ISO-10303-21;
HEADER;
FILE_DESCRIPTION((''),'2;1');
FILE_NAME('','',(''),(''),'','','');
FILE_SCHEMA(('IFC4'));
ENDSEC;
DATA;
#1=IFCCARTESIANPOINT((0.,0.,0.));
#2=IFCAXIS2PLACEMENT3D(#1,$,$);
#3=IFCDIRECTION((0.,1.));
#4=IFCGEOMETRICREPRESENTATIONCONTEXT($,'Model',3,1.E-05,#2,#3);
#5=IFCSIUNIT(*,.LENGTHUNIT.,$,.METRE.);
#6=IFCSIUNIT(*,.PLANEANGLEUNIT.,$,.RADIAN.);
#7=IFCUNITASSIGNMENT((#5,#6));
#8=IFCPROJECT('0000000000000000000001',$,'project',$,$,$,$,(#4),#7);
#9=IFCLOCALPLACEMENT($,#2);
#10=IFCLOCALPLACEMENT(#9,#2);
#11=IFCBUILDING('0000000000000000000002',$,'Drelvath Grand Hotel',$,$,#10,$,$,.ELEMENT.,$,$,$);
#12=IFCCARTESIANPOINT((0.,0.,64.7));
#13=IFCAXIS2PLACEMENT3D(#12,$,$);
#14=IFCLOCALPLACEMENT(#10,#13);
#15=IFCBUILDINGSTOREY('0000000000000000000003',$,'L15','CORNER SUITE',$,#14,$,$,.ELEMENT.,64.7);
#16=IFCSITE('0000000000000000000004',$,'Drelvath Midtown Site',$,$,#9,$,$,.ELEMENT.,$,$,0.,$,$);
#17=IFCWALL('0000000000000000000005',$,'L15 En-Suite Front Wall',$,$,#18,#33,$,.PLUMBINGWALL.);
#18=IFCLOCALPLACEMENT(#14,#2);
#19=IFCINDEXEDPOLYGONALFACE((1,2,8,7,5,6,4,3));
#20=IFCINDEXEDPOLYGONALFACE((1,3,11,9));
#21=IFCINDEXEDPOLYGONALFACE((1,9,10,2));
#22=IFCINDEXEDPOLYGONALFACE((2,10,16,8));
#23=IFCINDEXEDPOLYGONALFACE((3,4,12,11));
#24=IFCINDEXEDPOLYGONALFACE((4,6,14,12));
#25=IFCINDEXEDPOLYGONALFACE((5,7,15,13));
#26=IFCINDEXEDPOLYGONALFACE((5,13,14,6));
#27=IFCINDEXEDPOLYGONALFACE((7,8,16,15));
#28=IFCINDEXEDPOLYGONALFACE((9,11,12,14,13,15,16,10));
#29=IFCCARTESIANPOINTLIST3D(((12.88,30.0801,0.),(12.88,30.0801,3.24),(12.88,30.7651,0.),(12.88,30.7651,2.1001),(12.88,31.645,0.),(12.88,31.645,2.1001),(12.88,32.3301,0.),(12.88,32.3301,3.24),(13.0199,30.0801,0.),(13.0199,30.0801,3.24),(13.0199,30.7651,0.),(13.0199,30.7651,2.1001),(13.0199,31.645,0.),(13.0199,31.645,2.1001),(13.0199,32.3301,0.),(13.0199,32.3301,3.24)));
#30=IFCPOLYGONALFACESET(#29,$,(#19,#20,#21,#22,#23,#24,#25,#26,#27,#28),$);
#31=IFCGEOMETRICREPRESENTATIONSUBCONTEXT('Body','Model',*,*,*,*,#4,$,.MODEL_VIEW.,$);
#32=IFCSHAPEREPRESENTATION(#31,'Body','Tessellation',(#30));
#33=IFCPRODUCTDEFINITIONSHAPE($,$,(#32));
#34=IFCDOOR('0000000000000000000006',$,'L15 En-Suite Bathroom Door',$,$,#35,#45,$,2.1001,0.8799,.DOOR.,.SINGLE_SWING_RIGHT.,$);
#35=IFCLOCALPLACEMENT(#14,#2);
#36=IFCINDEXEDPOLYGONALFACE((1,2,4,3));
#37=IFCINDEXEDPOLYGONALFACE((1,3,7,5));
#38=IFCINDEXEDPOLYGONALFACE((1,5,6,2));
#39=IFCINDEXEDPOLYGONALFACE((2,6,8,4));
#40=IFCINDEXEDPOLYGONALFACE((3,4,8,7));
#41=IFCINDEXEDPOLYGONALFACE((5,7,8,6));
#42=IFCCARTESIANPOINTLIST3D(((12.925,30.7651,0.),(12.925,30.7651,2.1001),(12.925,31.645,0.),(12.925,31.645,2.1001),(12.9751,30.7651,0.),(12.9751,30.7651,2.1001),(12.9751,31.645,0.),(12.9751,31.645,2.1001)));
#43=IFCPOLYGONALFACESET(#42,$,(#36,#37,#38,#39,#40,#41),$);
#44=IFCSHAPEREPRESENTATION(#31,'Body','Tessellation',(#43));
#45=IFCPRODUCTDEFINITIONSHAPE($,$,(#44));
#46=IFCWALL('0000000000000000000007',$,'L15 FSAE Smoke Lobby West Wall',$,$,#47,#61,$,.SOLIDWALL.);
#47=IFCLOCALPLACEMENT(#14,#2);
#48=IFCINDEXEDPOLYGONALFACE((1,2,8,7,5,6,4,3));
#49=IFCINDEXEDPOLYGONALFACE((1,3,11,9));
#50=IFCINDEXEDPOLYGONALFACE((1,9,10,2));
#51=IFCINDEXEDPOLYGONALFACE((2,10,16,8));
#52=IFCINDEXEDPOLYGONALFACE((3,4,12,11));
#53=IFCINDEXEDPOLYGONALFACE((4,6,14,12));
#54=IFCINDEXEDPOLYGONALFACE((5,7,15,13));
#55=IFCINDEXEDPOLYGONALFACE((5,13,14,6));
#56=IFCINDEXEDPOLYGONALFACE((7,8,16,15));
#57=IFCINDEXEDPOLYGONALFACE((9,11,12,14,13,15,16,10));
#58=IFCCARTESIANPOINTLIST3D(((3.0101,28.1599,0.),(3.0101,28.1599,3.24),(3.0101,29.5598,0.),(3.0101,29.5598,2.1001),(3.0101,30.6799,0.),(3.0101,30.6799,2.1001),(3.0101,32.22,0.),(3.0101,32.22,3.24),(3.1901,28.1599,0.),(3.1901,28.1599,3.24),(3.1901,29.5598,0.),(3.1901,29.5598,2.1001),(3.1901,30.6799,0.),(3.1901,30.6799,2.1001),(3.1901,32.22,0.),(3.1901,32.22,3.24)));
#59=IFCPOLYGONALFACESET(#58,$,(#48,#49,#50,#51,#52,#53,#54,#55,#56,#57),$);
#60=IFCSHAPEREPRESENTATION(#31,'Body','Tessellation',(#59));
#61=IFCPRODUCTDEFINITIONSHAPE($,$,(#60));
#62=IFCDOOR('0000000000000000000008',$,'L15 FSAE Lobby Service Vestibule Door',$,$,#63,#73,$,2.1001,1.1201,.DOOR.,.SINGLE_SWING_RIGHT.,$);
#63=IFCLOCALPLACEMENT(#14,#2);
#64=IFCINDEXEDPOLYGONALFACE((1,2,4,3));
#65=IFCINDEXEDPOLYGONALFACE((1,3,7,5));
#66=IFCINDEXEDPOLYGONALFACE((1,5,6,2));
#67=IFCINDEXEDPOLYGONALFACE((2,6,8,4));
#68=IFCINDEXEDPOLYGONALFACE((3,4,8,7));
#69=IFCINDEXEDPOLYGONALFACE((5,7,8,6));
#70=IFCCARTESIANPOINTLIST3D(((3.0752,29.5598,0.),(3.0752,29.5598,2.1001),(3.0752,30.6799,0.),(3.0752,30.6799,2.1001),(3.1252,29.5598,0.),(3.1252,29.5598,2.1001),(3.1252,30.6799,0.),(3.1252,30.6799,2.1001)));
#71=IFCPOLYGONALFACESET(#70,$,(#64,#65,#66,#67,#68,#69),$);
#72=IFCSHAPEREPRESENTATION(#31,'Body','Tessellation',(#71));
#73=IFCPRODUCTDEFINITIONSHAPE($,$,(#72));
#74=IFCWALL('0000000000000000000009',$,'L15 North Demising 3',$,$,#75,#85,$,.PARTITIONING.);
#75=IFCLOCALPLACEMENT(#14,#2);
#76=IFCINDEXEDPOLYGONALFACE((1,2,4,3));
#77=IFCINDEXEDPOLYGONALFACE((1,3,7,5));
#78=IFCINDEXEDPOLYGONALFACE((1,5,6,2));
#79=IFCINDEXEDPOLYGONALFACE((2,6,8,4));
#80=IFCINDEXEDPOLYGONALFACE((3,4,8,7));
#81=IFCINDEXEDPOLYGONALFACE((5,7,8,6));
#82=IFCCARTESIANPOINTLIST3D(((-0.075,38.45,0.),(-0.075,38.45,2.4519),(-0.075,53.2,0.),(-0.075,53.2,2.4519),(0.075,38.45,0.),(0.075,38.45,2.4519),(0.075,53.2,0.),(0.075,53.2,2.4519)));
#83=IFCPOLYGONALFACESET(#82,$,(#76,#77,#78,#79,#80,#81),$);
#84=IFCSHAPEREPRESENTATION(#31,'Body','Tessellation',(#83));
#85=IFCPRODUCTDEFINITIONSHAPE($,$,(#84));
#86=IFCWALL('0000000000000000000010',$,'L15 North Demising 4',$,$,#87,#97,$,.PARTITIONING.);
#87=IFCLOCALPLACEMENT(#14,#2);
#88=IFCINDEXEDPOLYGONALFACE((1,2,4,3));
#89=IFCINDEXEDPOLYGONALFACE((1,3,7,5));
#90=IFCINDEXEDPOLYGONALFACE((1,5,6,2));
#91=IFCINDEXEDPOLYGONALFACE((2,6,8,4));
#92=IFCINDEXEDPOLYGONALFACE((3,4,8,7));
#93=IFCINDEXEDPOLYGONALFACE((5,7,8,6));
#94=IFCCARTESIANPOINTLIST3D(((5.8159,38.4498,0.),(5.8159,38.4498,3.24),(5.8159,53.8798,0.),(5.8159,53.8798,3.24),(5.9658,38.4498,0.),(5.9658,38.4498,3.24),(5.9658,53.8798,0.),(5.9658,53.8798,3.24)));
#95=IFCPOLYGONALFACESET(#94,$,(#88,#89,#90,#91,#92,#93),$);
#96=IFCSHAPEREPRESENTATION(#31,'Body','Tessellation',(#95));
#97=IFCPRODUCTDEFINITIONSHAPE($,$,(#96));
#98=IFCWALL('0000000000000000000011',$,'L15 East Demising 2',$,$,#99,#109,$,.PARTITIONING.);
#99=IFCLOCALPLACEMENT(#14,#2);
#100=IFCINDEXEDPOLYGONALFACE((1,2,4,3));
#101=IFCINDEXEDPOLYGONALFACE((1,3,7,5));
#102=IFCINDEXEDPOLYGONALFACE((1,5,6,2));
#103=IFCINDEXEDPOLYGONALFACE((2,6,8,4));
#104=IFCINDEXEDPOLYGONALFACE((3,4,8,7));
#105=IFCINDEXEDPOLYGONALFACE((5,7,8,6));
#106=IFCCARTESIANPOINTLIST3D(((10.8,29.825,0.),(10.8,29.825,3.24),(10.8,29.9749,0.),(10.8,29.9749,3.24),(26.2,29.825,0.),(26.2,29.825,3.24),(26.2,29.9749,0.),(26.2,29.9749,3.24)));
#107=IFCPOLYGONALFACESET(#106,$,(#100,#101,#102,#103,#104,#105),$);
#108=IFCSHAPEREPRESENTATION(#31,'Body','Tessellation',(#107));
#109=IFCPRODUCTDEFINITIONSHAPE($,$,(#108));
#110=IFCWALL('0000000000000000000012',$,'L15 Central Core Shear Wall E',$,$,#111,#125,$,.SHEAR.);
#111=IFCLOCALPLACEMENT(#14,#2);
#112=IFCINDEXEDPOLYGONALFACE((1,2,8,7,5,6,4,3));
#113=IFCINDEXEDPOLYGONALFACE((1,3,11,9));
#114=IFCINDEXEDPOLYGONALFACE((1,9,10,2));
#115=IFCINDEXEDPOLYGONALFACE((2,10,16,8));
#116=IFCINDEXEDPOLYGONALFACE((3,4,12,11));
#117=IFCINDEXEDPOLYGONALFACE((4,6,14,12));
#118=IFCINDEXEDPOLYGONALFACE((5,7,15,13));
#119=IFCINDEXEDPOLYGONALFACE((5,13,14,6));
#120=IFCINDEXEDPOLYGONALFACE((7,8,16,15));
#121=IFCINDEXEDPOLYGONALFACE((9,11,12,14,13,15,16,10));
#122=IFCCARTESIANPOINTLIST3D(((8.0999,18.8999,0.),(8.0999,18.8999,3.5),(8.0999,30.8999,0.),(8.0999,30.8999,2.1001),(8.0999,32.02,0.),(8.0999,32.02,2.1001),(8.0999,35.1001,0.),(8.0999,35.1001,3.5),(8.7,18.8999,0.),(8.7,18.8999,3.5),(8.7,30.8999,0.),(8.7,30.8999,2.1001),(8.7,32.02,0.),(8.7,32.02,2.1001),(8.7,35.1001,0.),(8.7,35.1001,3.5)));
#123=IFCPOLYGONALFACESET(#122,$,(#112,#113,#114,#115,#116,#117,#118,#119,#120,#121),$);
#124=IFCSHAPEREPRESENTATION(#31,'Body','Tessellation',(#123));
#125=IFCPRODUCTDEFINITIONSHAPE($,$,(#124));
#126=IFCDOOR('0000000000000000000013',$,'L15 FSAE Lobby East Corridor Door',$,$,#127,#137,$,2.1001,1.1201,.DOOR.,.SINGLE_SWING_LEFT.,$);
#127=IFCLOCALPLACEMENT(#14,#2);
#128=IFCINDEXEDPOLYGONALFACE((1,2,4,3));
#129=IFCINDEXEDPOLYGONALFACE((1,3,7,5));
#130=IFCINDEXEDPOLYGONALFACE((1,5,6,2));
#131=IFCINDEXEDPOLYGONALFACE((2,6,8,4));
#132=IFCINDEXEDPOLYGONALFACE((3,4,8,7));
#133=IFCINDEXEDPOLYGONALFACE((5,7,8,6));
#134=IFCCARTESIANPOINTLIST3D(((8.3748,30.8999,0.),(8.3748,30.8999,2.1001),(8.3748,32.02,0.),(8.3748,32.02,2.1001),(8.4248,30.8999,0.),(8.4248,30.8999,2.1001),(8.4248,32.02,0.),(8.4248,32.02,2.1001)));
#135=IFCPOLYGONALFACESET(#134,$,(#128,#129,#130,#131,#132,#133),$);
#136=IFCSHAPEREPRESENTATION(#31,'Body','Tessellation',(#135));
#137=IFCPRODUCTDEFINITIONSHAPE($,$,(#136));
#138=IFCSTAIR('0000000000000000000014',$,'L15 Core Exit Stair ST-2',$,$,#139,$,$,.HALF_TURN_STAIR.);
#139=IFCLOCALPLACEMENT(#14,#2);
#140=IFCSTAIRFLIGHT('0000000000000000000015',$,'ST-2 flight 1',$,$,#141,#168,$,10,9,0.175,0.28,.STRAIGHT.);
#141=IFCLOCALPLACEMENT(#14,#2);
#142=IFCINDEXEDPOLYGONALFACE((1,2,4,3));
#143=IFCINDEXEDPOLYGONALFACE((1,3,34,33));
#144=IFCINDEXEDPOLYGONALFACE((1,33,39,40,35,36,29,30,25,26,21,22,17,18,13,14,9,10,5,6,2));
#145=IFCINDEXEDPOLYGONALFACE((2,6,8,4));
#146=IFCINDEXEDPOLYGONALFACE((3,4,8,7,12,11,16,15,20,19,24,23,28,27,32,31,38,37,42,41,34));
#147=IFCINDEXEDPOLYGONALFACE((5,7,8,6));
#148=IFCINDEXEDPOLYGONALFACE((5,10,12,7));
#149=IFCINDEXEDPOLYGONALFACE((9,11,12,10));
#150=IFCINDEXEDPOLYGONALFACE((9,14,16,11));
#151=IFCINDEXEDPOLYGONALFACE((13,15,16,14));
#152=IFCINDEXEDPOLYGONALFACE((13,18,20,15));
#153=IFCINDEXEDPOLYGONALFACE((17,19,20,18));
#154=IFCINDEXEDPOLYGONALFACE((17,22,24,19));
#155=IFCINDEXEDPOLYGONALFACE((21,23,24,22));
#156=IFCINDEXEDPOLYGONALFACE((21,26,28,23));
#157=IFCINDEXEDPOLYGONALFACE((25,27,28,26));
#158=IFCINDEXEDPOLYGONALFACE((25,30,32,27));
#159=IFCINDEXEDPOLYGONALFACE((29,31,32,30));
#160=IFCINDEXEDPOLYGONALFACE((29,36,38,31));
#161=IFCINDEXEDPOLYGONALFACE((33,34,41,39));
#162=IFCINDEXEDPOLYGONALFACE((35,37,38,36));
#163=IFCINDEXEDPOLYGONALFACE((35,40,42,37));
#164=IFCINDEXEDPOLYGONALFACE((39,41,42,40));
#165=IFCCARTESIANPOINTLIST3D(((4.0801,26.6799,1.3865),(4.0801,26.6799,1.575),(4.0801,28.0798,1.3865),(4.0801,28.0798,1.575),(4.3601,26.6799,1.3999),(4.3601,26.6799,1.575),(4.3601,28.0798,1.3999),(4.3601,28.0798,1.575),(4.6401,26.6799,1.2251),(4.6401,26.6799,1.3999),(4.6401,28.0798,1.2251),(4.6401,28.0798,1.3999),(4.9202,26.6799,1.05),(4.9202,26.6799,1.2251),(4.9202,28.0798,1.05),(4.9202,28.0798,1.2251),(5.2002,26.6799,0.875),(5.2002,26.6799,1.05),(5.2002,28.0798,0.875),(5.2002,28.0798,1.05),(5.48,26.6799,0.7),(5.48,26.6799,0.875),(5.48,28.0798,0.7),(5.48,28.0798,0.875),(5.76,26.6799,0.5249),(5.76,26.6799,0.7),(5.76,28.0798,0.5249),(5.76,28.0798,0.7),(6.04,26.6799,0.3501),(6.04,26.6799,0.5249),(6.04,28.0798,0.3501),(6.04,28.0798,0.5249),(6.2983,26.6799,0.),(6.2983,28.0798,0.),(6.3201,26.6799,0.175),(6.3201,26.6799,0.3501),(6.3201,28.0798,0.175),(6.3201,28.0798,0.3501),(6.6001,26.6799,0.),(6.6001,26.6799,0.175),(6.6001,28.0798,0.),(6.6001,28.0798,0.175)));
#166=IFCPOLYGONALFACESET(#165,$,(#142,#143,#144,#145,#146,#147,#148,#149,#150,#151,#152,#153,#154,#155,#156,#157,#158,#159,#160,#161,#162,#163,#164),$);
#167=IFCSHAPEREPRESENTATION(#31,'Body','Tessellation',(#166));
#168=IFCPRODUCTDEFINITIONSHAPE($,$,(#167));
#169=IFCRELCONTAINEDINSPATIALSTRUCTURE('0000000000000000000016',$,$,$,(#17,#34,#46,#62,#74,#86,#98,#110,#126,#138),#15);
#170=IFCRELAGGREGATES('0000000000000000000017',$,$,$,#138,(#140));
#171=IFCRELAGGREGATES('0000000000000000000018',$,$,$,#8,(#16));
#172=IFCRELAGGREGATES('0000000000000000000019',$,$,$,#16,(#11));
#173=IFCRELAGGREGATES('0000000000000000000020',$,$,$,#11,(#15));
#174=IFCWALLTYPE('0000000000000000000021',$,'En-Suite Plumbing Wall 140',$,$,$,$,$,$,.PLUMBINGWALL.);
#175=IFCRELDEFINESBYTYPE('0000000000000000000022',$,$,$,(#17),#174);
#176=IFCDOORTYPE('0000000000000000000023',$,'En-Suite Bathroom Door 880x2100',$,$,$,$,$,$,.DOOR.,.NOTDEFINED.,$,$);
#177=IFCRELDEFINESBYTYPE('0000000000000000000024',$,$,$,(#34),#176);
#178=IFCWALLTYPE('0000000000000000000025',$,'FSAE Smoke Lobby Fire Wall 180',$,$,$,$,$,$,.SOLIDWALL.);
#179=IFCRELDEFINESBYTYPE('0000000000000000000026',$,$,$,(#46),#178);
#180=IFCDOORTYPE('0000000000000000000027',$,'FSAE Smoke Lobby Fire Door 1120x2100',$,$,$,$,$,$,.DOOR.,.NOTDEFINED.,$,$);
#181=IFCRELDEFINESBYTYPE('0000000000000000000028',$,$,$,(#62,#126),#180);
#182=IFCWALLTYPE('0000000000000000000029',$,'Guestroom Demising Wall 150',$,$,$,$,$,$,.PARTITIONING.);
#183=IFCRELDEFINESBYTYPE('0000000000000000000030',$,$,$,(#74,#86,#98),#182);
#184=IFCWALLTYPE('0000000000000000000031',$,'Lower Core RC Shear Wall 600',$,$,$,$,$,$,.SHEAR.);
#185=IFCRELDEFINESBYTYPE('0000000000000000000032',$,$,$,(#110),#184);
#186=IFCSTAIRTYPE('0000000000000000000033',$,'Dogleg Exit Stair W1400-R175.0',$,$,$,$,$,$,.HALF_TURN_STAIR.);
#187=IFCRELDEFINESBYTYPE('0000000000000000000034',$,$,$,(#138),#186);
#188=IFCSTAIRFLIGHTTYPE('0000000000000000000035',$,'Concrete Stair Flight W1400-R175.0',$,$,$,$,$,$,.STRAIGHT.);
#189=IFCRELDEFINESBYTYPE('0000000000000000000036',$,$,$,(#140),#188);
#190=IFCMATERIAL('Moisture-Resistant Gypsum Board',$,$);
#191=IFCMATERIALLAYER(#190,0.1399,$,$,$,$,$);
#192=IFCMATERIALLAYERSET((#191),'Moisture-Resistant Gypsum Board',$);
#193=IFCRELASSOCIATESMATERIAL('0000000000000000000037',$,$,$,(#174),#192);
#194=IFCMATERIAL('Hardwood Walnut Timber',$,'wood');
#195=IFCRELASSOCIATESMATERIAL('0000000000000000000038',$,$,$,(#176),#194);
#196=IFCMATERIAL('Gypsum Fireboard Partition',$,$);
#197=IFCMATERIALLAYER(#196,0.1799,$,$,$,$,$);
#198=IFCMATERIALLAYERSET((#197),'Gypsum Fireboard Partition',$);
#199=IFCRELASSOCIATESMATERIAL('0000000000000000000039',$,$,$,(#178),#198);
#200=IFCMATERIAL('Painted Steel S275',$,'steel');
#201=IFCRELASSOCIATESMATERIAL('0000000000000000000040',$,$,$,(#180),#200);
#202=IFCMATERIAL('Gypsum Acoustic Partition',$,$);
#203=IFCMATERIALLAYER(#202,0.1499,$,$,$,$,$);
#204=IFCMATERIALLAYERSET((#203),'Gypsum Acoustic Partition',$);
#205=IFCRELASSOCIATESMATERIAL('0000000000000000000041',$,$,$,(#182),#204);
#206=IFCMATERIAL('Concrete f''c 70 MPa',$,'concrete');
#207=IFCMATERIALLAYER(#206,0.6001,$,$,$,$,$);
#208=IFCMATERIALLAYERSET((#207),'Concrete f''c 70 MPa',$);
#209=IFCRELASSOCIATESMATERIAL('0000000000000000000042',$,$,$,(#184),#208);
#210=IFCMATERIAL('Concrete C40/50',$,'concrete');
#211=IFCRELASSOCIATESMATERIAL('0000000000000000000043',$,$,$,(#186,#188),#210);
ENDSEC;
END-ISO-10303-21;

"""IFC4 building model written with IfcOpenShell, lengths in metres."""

from ifc_helpers import new_model, si_unit, direction, frame, frame_2d, origin, place, context, subcontext, project, spatial, polyline, rectangle, outline, extrude, material, layer, layer_set, type_object, element, fill, aggregate, save


model = new_model("IFC4")

# Units and contexts
model_context = context("Model", 3, precision=1e-05, world=origin(), true_north=direction((0.0, 1.0)))
body_context = subcontext(model_context, "Body", "Model", "MODEL_VIEW")
ifc_project = project(units=[si_unit("LENGTHUNIT", "METRE"), si_unit("PLANEANGLEUNIT", "RADIAN")], contexts=[model_context])

# Site, building, storey
site_placement = place(None, origin())
site = spatial("IfcSite", under=ifc_project, at=site_placement, Name="Drelvath Midtown Site", CompositionType="ELEMENT", RefElevation=0.0)
building_placement = place(site_placement, origin())
building = spatial("IfcBuilding", under=site, at=building_placement, Name="Drelvath Grand Hotel", CompositionType="ELEMENT")
storey_placement = place(building_placement, frame((0.0, 0.0, 64.7)))
storey = spatial("IfcBuildingStorey", under=building, at=storey_placement, Name="L15", Description="CORNER SUITE", CompositionType="ELEMENT", Elevation=64.7)

# Shared definitions
ifc_material_1 = material(Name="Concrete f'c 70 MPa", Category="concrete")

# Shared definitions
ifc_material_2 = material(Name="Concrete C40/50", Category="concrete")

# Shared definitions
ifc_material_3 = material(Name="Painted Steel S275", Category="steel")

# Shared definitions
ifc_material_4 = material(Name="Gypsum Fireboard Partition")
ifc_material_5 = material(Name="Moisture-Resistant Gypsum Board")
ifc_layer_1 = layer(ifc_material_5, 0.1399)
ifc_layer_set_1 = layer_set([ifc_layer_1], Name="Moisture-Resistant Gypsum Board")
wall_type_1 = type_object("IfcWallType", Name="En-Suite Plumbing Wall 140", PredefinedType="PLUMBINGWALL", material=ifc_layer_set_1)

# Walls, openings, doors
wall_1_placement = place(storey_placement, frame((12.95, 30.0801, 0.0), z_axis=(0.0, 0.0, 1.0), x_axis=(0.0, 1.0, 0.0)))
wall_1 = element("IfcWall", 1, at=wall_1_placement, inside=storey, type_object=wall_type_1, Name="L15 En-Suite Front Wall", PredefinedType="PLUMBINGWALL", context=body_context, shape_type="SweptSolid", body=[
    extrude(rectangle(XDim=2.25, YDim=0.1399, at=frame_2d((1.125, 0.0))), origin(), (0.0, 0.0, 1.0), 3.24),
])
opening_1_placement = place(wall_1_placement, frame((0.6851, 0.0, 0.0)))
opening_1 = element("IfcOpeningElement", 2, at=opening_1_placement, cuts=wall_1, PredefinedType="OPENING", context=body_context, shape_type="SweptSolid", body=[
    extrude(rectangle(XDim=0.8799, YDim=2.1001, at=frame_2d((0.4399, 1.05))), frame((0.0, 0.0798, 0.0), z_axis=(0.0, -1.0, 0.0), x_axis=(1.0, 0.0, 0.0)), (0.0, 0.0, 1.0), 0.1599),
])
ifc_material_6 = material(Name="Hardwood Walnut Timber", Category="wood")
door_type_1 = type_object("IfcDoorType", Name="En-Suite Bathroom Door 880x2100", OperationType="NOTDEFINED", PredefinedType="DOOR", material=ifc_material_6)
door_1_placement = place(opening_1_placement, origin())
door_1 = element("IfcDoor", 3, at=door_1_placement, inside=storey, type_object=door_type_1, Name="L15 En-Suite Bathroom Door", OperationType="SINGLE_SWING_RIGHT", OverallHeight=2.1001, OverallWidth=0.8799, PredefinedType="DOOR", context=body_context, shape_type="SweptSolid", body=[
    extrude(rectangle(XDim=0.8799, YDim=2.1001, at=frame_2d((0.4399, 1.05))), frame((0.0, 0.0249, 0.0), z_axis=(0.0, -1.0, 0.0), x_axis=(1.0, 0.0, 0.0)), (0.0, 0.0, 1.0), 0.05),
])
fill(opening_1, door_1)
ifc_layer_2 = layer(ifc_material_4, 0.1799)
ifc_layer_set_2 = layer_set([ifc_layer_2], Name="Gypsum Fireboard Partition")
wall_type_2 = type_object("IfcWallType", Name="FSAE Smoke Lobby Fire Wall 180", PredefinedType="SOLIDWALL", material=ifc_layer_set_2)
wall_2_placement = place(storey_placement, frame((3.1001, 28.1599, 0.0), z_axis=(0.0, 0.0, 1.0), x_axis=(0.0, 1.0, 0.0)))
wall_2 = element("IfcWall", 4, at=wall_2_placement, inside=storey, type_object=wall_type_2, Name="L15 FSAE Smoke Lobby West Wall", PredefinedType="SOLIDWALL", context=body_context, shape_type="SweptSolid", body=[
    extrude(rectangle(XDim=4.0601, YDim=0.1799, at=frame_2d((2.03, 0.0))), origin(), (0.0, 0.0, 1.0), 3.24),
])
opening_2_placement = place(wall_2_placement, frame((1.3999, 0.0, 0.0)))
opening_2 = element("IfcOpeningElement", 5, at=opening_2_placement, cuts=wall_2, PredefinedType="OPENING", context=body_context, shape_type="SweptSolid", body=[
    extrude(rectangle(XDim=1.1201, YDim=2.1001, at=frame_2d((0.5601, 1.05))), frame((0.0, 0.0999, 0.0), z_axis=(0.0, -1.0, 0.0), x_axis=(1.0, 0.0, 0.0)), (0.0, 0.0, 1.0), 0.2),
])
door_type_2 = type_object("IfcDoorType", Name="FSAE Smoke Lobby Fire Door 1120x2100", OperationType="NOTDEFINED", PredefinedType="DOOR", material=ifc_material_3)
door_2_placement = place(opening_2_placement, origin())
door_2 = element("IfcDoor", 6, at=door_2_placement, inside=storey, type_object=door_type_2, Name="L15 FSAE Lobby Service Vestibule Door", OperationType="SINGLE_SWING_RIGHT", OverallHeight=2.1001, OverallWidth=1.1201, PredefinedType="DOOR", context=body_context, shape_type="SweptSolid", body=[
    extrude(rectangle(XDim=1.1201, YDim=2.1001, at=frame_2d((0.5601, 1.05))), frame((0.0, 0.0249, 0.0), z_axis=(0.0, -1.0, 0.0), x_axis=(1.0, 0.0, 0.0)), (0.0, 0.0, 1.0), 0.05),
])
fill(opening_2, door_2)

# Walls
ifc_material_7 = material(Name="Gypsum Acoustic Partition")
ifc_layer_3 = layer(ifc_material_7, 0.1499)
ifc_layer_set_3 = layer_set([ifc_layer_3], Name="Gypsum Acoustic Partition")
wall_type_3 = type_object("IfcWallType", Name="Guestroom Demising Wall 150", PredefinedType="PARTITIONING", material=ifc_layer_set_3)
wall_3_placement = place(storey_placement, frame((0.0, 38.45, 0.0), z_axis=(0.0, 0.0, 1.0), x_axis=(0.0, 1.0, 0.0)))
element("IfcWall", 7, at=wall_3_placement, inside=storey, type_object=wall_type_3, Name="L15 North Demising 3", PredefinedType="PARTITIONING", context=body_context, shape_type="SweptSolid", body=[
    extrude(rectangle(XDim=14.75, YDim=0.1499, at=frame_2d((7.375, 0.0))), origin(), (0.0, 0.0, 1.0), 2.4519),
])
wall_4_placement = place(storey_placement, frame((5.8909, 38.45, 0.0), z_axis=(0.0, 0.0, 1.0), x_axis=(0.0, 1.0, 0.0)))
element("IfcWall", 8, at=wall_4_placement, inside=storey, type_object=wall_type_3, Name="L15 North Demising 4", PredefinedType="PARTITIONING", context=body_context, shape_type="SweptSolid", body=[
    extrude(rectangle(XDim=15.4299, YDim=0.1499, at=frame_2d((7.7148, 0.0))), origin(), (0.0, 0.0, 1.0), 3.24),
])
wall_5_placement = place(storey_placement, frame((10.8, 29.8999, 0.0), z_axis=(0.0, 0.0, 1.0), x_axis=(1.0, 0.0, 0.0)))
element("IfcWall", 9, at=wall_5_placement, inside=storey, type_object=wall_type_3, Name="L15 East Demising 2", PredefinedType="PARTITIONING", context=body_context, shape_type="SweptSolid", body=[
    extrude(rectangle(XDim=15.3999, YDim=0.1499, at=frame_2d((7.7, 0.0))), origin(), (0.0, 0.0, 1.0), 3.24),
])

# Wall, opening, door
ifc_layer_4 = layer(ifc_material_1, 0.6001)
ifc_layer_set_4 = layer_set([ifc_layer_4], Name="Concrete f'c 70 MPa")
wall_type_4 = type_object("IfcWallType", Name="Lower Core RC Shear Wall 600", PredefinedType="SHEAR", material=ifc_layer_set_4)
wall_6_placement = place(storey_placement, frame((8.3999, 35.1001, 0.0), z_axis=(0.0, 0.0, 1.0), x_axis=(0.0, -1.0, 0.0)))
wall_6 = element("IfcWall", 10, at=wall_6_placement, inside=storey, type_object=wall_type_4, Name="L15 Central Core Shear Wall E", PredefinedType="SHEAR", context=body_context, shape_type="SweptSolid", body=[
    extrude(rectangle(XDim=16.2002, YDim=0.6001, at=frame_2d((8.1001, 0.0))), origin(), (0.0, 0.0, 1.0), 3.5),
])
opening_3_placement = place(wall_6_placement, frame((3.0801, 0.0, 0.0)))
opening_3 = element("IfcOpeningElement", 11, at=opening_3_placement, cuts=wall_6, PredefinedType="OPENING", context=body_context, shape_type="SweptSolid", body=[
    extrude(rectangle(XDim=1.1201, YDim=2.1001, at=frame_2d((0.5601, 1.05))), frame((0.0, 0.3101, 0.0), z_axis=(0.0, -1.0, 0.0), x_axis=(1.0, 0.0, 0.0)), (0.0, 0.0, 1.0), 0.6201),
])
door_3_placement = place(opening_3_placement, origin())
door_3 = element("IfcDoor", 12, at=door_3_placement, inside=storey, type_object=door_type_2, Name="L15 FSAE Lobby East Corridor Door", OperationType="SINGLE_SWING_LEFT", OverallHeight=2.1001, OverallWidth=1.1201, PredefinedType="DOOR", context=body_context, shape_type="SweptSolid", body=[
    extrude(rectangle(XDim=1.1201, YDim=2.1001, at=frame_2d((0.5601, 1.05))), frame((0.0, 0.0249, 0.0), z_axis=(0.0, -1.0, 0.0), x_axis=(1.0, 0.0, 0.0)), (0.0, 0.0, 1.0), 0.05),
])
fill(opening_3, door_3)

# Stair, stair flight
stair_type = type_object("IfcStairType", Name="Dogleg Exit Stair W1400-R175.0", PredefinedType="HALF_TURN_STAIR", material=ifc_material_2)
stair_placement = place(storey_placement, origin())
stair = element("IfcStair", 13, at=stair_placement, inside=storey, type_object=stair_type, Name="L15 Core Exit Stair ST-2", PredefinedType="HALF_TURN_STAIR")
stair_flight_type = type_object("IfcStairFlightType", Name="Concrete Stair Flight W1400-R175.0", PredefinedType="STRAIGHT", material=ifc_material_2)
stair_flight_placement = place(storey_placement, frame((6.6001, 27.3799, 0.0), z_axis=(0.0, 0.0, 1.0), x_axis=(-1.0, 0.0, 0.0)))
stair_flight = element("IfcStairFlight", 14, at=stair_flight_placement, type_object=stair_flight_type, Name="ST-2 flight 1", NumberOfRisers=10, NumberOfTreads=9, PredefinedType="STRAIGHT", RiserHeight=0.175, TreadLength=0.28, context=body_context, shape_type="SweptSolid", body=[
    extrude(outline(polyline([(0.0, 0.0), (0.0, 0.175), (0.28, 0.175), (0.28, 0.3501), (0.5601, 0.3501), (0.5601, 0.5249), (0.8401, 0.5249), (0.8401, 0.7), (1.1201, 0.7), (1.1201, 0.875), (1.3999, 0.875), (1.3999, 1.05), (1.6799, 1.05), (1.6799, 1.2251), (1.96, 1.2251), (1.96, 1.3999), (2.24, 1.3999), (2.24, 1.575), (2.52, 1.575), (2.52, 1.75), (2.52, 1.3865), (0.3018, 0.0), (0.0, 0.0)])), frame((0.0, 0.7, 0.0), z_axis=(0.0, -1.0, 0.0), x_axis=(1.0, 0.0, 0.0)), (0.0, 0.0, 1.0), 1.3999),
])
aggregate(stair, [stair_flight])

save(model, "model.ifc")
